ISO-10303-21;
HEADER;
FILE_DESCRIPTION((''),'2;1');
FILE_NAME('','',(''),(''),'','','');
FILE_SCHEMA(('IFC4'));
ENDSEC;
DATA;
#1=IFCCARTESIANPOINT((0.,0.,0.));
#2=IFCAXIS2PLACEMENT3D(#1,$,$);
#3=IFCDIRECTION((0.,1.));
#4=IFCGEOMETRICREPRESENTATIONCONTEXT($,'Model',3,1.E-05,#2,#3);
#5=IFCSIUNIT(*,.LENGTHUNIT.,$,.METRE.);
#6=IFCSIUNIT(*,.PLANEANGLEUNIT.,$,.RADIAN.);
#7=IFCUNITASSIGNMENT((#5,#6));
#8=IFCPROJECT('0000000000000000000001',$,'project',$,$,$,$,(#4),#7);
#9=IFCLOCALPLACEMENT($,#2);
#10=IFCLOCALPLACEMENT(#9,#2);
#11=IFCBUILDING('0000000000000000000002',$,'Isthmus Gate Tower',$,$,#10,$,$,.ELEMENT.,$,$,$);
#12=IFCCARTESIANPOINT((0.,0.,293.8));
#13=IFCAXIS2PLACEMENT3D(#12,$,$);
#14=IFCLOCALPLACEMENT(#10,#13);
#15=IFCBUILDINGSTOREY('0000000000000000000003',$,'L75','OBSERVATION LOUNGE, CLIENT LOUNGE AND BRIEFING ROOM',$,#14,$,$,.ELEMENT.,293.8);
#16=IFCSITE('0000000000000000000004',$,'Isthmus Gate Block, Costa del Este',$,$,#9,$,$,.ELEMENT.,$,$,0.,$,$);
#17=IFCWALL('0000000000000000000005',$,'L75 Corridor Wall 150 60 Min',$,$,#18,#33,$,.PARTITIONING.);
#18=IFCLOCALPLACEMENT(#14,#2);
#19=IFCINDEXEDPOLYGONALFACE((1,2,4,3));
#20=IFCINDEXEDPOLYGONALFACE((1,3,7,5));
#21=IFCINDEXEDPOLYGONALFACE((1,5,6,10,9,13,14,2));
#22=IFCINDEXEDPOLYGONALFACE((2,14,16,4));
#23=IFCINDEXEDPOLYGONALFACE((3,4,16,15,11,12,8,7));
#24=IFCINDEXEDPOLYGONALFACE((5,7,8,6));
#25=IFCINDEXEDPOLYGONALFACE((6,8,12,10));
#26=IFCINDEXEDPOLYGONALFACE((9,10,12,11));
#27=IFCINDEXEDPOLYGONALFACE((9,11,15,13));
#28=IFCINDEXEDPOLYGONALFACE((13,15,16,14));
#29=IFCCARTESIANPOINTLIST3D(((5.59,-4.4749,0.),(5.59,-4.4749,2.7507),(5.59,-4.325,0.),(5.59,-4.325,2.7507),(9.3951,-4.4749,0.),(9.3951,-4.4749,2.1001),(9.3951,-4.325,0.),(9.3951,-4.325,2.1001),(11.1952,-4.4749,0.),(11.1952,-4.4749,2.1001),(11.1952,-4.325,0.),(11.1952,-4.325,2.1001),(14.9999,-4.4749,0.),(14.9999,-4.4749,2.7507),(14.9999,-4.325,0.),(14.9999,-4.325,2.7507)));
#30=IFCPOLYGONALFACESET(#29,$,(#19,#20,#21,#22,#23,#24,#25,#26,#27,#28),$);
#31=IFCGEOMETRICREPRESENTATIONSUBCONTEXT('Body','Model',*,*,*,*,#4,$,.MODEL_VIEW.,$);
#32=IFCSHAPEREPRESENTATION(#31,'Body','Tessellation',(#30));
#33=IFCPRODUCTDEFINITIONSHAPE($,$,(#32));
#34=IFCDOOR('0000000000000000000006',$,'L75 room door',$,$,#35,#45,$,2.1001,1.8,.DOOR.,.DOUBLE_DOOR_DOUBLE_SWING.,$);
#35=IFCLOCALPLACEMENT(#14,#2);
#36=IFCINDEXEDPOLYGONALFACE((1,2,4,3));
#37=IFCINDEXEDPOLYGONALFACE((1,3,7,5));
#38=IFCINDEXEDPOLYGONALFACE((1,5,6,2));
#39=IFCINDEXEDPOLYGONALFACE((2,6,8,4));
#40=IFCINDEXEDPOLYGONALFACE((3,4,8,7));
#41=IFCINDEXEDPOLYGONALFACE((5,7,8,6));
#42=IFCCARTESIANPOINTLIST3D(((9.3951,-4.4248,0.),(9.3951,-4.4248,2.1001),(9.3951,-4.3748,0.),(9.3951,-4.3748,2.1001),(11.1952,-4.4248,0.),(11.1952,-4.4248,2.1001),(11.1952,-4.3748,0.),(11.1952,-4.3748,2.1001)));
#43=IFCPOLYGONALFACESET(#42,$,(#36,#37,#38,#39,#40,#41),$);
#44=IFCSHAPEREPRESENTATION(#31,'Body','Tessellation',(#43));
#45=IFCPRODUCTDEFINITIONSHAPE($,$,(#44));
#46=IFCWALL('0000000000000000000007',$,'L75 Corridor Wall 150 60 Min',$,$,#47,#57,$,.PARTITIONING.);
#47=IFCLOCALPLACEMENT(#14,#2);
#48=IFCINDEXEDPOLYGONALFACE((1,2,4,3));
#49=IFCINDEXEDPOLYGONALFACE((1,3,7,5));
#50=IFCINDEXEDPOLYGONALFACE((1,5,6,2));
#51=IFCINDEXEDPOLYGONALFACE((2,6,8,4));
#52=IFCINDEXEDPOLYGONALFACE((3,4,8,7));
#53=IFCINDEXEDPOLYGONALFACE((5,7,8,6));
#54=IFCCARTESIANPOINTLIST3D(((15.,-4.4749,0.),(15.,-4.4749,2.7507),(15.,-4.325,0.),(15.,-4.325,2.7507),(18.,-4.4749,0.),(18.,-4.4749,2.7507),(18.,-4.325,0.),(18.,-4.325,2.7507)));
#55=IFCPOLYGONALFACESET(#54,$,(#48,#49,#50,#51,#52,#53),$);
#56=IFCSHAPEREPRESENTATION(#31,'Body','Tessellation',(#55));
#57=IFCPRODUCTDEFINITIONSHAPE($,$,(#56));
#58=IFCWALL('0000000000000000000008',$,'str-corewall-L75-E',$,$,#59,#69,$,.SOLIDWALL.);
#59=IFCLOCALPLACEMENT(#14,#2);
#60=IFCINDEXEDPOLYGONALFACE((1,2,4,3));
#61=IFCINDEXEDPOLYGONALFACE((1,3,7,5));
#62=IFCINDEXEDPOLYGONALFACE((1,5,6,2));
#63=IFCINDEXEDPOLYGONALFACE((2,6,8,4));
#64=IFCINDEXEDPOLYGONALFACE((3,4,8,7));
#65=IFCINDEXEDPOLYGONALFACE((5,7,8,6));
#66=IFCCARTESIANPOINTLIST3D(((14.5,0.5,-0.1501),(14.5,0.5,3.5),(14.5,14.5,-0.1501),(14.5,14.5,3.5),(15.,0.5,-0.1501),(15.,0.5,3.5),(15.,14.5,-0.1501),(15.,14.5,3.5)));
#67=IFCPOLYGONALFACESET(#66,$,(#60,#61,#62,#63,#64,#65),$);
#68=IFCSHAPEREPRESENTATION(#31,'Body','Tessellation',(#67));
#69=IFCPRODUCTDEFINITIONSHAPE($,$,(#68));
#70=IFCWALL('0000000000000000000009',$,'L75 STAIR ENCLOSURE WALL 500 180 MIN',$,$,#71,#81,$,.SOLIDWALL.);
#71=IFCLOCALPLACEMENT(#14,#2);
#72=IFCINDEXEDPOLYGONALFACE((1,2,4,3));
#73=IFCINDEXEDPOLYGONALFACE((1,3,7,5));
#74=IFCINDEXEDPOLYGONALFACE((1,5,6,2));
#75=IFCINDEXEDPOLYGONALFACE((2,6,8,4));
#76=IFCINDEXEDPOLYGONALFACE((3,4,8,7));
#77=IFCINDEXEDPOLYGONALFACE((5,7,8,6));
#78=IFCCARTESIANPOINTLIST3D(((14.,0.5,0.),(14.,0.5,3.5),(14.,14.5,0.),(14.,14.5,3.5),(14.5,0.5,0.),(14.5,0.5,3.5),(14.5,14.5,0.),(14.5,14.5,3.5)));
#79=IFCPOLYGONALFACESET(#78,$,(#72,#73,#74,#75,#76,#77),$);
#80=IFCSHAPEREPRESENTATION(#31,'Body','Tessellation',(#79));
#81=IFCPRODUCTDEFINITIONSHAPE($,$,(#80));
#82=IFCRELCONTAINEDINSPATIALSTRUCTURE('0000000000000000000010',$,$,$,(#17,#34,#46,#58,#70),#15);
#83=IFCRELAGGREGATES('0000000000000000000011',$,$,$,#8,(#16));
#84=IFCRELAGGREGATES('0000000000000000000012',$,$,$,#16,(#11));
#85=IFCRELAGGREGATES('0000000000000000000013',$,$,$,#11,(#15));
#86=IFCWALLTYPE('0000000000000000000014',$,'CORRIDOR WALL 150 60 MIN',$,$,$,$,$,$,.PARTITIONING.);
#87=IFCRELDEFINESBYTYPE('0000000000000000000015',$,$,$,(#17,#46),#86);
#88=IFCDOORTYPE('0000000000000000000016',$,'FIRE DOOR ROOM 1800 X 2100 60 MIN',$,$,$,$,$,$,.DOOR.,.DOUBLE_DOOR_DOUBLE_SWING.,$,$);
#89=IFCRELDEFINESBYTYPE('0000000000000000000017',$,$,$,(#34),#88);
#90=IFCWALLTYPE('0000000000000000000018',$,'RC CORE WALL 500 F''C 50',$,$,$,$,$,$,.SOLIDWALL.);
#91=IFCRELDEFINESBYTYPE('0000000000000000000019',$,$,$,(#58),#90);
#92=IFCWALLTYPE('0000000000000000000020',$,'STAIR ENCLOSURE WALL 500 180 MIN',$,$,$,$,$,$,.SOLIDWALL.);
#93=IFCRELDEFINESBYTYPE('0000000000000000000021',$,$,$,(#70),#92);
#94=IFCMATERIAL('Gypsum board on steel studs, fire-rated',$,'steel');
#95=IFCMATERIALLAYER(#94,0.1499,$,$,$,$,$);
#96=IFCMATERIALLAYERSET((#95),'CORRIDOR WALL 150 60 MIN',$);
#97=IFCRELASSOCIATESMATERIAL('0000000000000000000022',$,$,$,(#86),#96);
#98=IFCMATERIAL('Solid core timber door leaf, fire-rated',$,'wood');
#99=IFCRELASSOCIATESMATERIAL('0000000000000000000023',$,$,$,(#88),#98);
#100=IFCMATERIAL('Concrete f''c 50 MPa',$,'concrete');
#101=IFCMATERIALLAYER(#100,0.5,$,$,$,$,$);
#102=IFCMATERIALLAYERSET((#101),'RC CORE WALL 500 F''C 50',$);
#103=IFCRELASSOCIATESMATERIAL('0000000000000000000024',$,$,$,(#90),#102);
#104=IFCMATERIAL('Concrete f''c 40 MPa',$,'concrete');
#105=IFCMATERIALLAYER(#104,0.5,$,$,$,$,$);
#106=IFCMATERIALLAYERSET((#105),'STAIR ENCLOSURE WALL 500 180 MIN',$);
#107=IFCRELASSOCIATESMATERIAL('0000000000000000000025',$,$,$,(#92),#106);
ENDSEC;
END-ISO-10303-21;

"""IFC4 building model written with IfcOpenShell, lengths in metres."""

from ifc_helpers import new_model, si_unit, direction, frame, frame_2d, origin, place, context, subcontext, project, spatial, rectangle, extrude, material, layer, layer_set, type_object, element, fill, save


model = new_model("IFC4")

# Units and contexts
model_context = context("Model", 3, precision=1e-05, world=origin(), true_north=direction((0.0, 1.0)))
body_context = subcontext(model_context, "Body", "Model", "MODEL_VIEW")
ifc_project = project(units=[si_unit("LENGTHUNIT", "METRE"), si_unit("PLANEANGLEUNIT", "RADIAN")], contexts=[model_context])

# Site, building, storey
site_placement = place(None, origin())
site = spatial("IfcSite", under=ifc_project, at=site_placement, Name="Isthmus Gate Block, Costa del Este", CompositionType="ELEMENT", RefElevation=0.0)
building_placement = place(site_placement, origin())
building = spatial("IfcBuilding", under=site, at=building_placement, Name="Isthmus Gate Tower", CompositionType="ELEMENT")
storey_placement = place(building_placement, frame((0.0, 0.0, 293.8)))
storey = spatial("IfcBuildingStorey", under=building, at=storey_placement, Name="L75", Description="OBSERVATION LOUNGE, CLIENT LOUNGE AND BRIEFING ROOM", CompositionType="ELEMENT", Elevation=293.8)

# Wall, opening, door
ifc_material_1 = material(Name="Gypsum board on steel studs, fire-rated", Category="steel")
ifc_layer_1 = layer(ifc_material_1, 0.1499)
ifc_layer_set_1 = layer_set([ifc_layer_1], Name="CORRIDOR WALL 150 60 MIN")
wall_type_1 = type_object("IfcWallType", Name="CORRIDOR WALL 150 60 MIN", PredefinedType="PARTITIONING", material=ifc_layer_set_1)
wall_1_placement = place(storey_placement, frame((15.0, -4.3999, 0.0), z_axis=(0.0, 0.0, 1.0), x_axis=(-1.0, 0.0, 0.0)))
wall_1 = element("IfcWall", 1, at=wall_1_placement, inside=storey, type_object=wall_type_1, Name="L75 Corridor Wall 150 60 Min", PredefinedType="PARTITIONING", context=body_context, shape_type="SweptSolid", body=[
    extrude(rectangle(XDim=9.4099, YDim=0.1499, at=frame_2d((4.7051, 0.0))), origin(), (0.0, 0.0, 1.0), 2.7507),
])
opening_placement = place(wall_1_placement, frame((3.8049, 0.0, 0.0)))
opening = element("IfcOpeningElement", 2, at=opening_placement, cuts=wall_1, PredefinedType="OPENING", context=body_context, shape_type="SweptSolid", body=[
    extrude(rectangle(XDim=1.8, YDim=2.1001, at=frame_2d((0.8999, 1.05))), frame((0.0, 0.085, 0.0), z_axis=(0.0, -1.0, 0.0), x_axis=(1.0, 0.0, 0.0)), (0.0, 0.0, 1.0), 0.1699),
])
ifc_material_2 = material(Name="Solid core timber door leaf, fire-rated", Category="wood")
door_type = type_object("IfcDoorType", Name="FIRE DOOR ROOM 1800 X 2100 60 MIN", OperationType="DOUBLE_DOOR_DOUBLE_SWING", PredefinedType="DOOR", material=ifc_material_2)
door_placement = place(opening_placement, origin())
door = element("IfcDoor", 3, at=door_placement, inside=storey, type_object=door_type, Name="L75 room door", OperationType="DOUBLE_DOOR_DOUBLE_SWING", OverallHeight=2.1001, OverallWidth=1.8, PredefinedType="DOOR", context=body_context, shape_type="SweptSolid", body=[
    extrude(rectangle(XDim=1.8, YDim=2.1001, at=frame_2d((0.8999, 1.05))), frame((0.0, 0.0249, 0.0), z_axis=(0.0, -1.0, 0.0), x_axis=(1.0, 0.0, 0.0)), (0.0, 0.0, 1.0), 0.05),
])
fill(opening, door)

# Walls
wall_2_placement = place(storey_placement, frame((18.0, -4.3999, 0.0), z_axis=(0.0, 0.0, 1.0), x_axis=(-1.0, 0.0, 0.0)))
element("IfcWall", 4, at=wall_2_placement, inside=storey, type_object=wall_type_1, Name="L75 Corridor Wall 150 60 Min", PredefinedType="PARTITIONING", context=body_context, shape_type="SweptSolid", body=[
    extrude(rectangle(XDim=3.0, YDim=0.1499, at=frame_2d((1.5, 0.0))), origin(), (0.0, 0.0, 1.0), 2.7507),
])
ifc_material_3 = material(Name="Concrete f'c 50 MPa", Category="concrete")
ifc_layer_2 = layer(ifc_material_3, 0.5)
ifc_layer_set_2 = layer_set([ifc_layer_2], Name="RC CORE WALL 500 F'C 50")
wall_type_2 = type_object("IfcWallType", Name="RC CORE WALL 500 F'C 50", PredefinedType="SOLIDWALL", material=ifc_layer_set_2)
wall_3_placement = place(storey_placement, frame((14.75, 0.5, -0.1501), z_axis=(0.0, 0.0, 1.0), x_axis=(0.0, 1.0, 0.0)))
element("IfcWall", 5, at=wall_3_placement, inside=storey, type_object=wall_type_2, Name="str-corewall-L75-E", PredefinedType="SOLIDWALL", context=body_context, shape_type="SweptSolid", body=[
    extrude(rectangle(XDim=14.0, YDim=0.5, at=frame_2d((7.0, 0.0))), origin(), (0.0, 0.0, 1.0), 3.6501),
])
ifc_material_4 = material(Name="Concrete f'c 40 MPa", Category="concrete")
ifc_layer_3 = layer(ifc_material_4, 0.5)
ifc_layer_set_3 = layer_set([ifc_layer_3], Name="STAIR ENCLOSURE WALL 500 180 MIN")
wall_type_3 = type_object("IfcWallType", Name="STAIR ENCLOSURE WALL 500 180 MIN", PredefinedType="SOLIDWALL", material=ifc_layer_set_3)
wall_4_placement = place(storey_placement, frame((14.25, 0.5, 0.0), z_axis=(0.0, 0.0, 1.0), x_axis=(0.0, 1.0, 0.0)))
element("IfcWall", 6, at=wall_4_placement, inside=storey, type_object=wall_type_3, Name="L75 STAIR ENCLOSURE WALL 500 180 MIN", PredefinedType="SOLIDWALL", context=body_context, shape_type="SweptSolid", body=[
    extrude(rectangle(XDim=14.0, YDim=0.5, at=frame_2d((7.0, 0.0))), origin(), (0.0, 0.0, 1.0), 3.5),
])

save(model, "model.ifc")
